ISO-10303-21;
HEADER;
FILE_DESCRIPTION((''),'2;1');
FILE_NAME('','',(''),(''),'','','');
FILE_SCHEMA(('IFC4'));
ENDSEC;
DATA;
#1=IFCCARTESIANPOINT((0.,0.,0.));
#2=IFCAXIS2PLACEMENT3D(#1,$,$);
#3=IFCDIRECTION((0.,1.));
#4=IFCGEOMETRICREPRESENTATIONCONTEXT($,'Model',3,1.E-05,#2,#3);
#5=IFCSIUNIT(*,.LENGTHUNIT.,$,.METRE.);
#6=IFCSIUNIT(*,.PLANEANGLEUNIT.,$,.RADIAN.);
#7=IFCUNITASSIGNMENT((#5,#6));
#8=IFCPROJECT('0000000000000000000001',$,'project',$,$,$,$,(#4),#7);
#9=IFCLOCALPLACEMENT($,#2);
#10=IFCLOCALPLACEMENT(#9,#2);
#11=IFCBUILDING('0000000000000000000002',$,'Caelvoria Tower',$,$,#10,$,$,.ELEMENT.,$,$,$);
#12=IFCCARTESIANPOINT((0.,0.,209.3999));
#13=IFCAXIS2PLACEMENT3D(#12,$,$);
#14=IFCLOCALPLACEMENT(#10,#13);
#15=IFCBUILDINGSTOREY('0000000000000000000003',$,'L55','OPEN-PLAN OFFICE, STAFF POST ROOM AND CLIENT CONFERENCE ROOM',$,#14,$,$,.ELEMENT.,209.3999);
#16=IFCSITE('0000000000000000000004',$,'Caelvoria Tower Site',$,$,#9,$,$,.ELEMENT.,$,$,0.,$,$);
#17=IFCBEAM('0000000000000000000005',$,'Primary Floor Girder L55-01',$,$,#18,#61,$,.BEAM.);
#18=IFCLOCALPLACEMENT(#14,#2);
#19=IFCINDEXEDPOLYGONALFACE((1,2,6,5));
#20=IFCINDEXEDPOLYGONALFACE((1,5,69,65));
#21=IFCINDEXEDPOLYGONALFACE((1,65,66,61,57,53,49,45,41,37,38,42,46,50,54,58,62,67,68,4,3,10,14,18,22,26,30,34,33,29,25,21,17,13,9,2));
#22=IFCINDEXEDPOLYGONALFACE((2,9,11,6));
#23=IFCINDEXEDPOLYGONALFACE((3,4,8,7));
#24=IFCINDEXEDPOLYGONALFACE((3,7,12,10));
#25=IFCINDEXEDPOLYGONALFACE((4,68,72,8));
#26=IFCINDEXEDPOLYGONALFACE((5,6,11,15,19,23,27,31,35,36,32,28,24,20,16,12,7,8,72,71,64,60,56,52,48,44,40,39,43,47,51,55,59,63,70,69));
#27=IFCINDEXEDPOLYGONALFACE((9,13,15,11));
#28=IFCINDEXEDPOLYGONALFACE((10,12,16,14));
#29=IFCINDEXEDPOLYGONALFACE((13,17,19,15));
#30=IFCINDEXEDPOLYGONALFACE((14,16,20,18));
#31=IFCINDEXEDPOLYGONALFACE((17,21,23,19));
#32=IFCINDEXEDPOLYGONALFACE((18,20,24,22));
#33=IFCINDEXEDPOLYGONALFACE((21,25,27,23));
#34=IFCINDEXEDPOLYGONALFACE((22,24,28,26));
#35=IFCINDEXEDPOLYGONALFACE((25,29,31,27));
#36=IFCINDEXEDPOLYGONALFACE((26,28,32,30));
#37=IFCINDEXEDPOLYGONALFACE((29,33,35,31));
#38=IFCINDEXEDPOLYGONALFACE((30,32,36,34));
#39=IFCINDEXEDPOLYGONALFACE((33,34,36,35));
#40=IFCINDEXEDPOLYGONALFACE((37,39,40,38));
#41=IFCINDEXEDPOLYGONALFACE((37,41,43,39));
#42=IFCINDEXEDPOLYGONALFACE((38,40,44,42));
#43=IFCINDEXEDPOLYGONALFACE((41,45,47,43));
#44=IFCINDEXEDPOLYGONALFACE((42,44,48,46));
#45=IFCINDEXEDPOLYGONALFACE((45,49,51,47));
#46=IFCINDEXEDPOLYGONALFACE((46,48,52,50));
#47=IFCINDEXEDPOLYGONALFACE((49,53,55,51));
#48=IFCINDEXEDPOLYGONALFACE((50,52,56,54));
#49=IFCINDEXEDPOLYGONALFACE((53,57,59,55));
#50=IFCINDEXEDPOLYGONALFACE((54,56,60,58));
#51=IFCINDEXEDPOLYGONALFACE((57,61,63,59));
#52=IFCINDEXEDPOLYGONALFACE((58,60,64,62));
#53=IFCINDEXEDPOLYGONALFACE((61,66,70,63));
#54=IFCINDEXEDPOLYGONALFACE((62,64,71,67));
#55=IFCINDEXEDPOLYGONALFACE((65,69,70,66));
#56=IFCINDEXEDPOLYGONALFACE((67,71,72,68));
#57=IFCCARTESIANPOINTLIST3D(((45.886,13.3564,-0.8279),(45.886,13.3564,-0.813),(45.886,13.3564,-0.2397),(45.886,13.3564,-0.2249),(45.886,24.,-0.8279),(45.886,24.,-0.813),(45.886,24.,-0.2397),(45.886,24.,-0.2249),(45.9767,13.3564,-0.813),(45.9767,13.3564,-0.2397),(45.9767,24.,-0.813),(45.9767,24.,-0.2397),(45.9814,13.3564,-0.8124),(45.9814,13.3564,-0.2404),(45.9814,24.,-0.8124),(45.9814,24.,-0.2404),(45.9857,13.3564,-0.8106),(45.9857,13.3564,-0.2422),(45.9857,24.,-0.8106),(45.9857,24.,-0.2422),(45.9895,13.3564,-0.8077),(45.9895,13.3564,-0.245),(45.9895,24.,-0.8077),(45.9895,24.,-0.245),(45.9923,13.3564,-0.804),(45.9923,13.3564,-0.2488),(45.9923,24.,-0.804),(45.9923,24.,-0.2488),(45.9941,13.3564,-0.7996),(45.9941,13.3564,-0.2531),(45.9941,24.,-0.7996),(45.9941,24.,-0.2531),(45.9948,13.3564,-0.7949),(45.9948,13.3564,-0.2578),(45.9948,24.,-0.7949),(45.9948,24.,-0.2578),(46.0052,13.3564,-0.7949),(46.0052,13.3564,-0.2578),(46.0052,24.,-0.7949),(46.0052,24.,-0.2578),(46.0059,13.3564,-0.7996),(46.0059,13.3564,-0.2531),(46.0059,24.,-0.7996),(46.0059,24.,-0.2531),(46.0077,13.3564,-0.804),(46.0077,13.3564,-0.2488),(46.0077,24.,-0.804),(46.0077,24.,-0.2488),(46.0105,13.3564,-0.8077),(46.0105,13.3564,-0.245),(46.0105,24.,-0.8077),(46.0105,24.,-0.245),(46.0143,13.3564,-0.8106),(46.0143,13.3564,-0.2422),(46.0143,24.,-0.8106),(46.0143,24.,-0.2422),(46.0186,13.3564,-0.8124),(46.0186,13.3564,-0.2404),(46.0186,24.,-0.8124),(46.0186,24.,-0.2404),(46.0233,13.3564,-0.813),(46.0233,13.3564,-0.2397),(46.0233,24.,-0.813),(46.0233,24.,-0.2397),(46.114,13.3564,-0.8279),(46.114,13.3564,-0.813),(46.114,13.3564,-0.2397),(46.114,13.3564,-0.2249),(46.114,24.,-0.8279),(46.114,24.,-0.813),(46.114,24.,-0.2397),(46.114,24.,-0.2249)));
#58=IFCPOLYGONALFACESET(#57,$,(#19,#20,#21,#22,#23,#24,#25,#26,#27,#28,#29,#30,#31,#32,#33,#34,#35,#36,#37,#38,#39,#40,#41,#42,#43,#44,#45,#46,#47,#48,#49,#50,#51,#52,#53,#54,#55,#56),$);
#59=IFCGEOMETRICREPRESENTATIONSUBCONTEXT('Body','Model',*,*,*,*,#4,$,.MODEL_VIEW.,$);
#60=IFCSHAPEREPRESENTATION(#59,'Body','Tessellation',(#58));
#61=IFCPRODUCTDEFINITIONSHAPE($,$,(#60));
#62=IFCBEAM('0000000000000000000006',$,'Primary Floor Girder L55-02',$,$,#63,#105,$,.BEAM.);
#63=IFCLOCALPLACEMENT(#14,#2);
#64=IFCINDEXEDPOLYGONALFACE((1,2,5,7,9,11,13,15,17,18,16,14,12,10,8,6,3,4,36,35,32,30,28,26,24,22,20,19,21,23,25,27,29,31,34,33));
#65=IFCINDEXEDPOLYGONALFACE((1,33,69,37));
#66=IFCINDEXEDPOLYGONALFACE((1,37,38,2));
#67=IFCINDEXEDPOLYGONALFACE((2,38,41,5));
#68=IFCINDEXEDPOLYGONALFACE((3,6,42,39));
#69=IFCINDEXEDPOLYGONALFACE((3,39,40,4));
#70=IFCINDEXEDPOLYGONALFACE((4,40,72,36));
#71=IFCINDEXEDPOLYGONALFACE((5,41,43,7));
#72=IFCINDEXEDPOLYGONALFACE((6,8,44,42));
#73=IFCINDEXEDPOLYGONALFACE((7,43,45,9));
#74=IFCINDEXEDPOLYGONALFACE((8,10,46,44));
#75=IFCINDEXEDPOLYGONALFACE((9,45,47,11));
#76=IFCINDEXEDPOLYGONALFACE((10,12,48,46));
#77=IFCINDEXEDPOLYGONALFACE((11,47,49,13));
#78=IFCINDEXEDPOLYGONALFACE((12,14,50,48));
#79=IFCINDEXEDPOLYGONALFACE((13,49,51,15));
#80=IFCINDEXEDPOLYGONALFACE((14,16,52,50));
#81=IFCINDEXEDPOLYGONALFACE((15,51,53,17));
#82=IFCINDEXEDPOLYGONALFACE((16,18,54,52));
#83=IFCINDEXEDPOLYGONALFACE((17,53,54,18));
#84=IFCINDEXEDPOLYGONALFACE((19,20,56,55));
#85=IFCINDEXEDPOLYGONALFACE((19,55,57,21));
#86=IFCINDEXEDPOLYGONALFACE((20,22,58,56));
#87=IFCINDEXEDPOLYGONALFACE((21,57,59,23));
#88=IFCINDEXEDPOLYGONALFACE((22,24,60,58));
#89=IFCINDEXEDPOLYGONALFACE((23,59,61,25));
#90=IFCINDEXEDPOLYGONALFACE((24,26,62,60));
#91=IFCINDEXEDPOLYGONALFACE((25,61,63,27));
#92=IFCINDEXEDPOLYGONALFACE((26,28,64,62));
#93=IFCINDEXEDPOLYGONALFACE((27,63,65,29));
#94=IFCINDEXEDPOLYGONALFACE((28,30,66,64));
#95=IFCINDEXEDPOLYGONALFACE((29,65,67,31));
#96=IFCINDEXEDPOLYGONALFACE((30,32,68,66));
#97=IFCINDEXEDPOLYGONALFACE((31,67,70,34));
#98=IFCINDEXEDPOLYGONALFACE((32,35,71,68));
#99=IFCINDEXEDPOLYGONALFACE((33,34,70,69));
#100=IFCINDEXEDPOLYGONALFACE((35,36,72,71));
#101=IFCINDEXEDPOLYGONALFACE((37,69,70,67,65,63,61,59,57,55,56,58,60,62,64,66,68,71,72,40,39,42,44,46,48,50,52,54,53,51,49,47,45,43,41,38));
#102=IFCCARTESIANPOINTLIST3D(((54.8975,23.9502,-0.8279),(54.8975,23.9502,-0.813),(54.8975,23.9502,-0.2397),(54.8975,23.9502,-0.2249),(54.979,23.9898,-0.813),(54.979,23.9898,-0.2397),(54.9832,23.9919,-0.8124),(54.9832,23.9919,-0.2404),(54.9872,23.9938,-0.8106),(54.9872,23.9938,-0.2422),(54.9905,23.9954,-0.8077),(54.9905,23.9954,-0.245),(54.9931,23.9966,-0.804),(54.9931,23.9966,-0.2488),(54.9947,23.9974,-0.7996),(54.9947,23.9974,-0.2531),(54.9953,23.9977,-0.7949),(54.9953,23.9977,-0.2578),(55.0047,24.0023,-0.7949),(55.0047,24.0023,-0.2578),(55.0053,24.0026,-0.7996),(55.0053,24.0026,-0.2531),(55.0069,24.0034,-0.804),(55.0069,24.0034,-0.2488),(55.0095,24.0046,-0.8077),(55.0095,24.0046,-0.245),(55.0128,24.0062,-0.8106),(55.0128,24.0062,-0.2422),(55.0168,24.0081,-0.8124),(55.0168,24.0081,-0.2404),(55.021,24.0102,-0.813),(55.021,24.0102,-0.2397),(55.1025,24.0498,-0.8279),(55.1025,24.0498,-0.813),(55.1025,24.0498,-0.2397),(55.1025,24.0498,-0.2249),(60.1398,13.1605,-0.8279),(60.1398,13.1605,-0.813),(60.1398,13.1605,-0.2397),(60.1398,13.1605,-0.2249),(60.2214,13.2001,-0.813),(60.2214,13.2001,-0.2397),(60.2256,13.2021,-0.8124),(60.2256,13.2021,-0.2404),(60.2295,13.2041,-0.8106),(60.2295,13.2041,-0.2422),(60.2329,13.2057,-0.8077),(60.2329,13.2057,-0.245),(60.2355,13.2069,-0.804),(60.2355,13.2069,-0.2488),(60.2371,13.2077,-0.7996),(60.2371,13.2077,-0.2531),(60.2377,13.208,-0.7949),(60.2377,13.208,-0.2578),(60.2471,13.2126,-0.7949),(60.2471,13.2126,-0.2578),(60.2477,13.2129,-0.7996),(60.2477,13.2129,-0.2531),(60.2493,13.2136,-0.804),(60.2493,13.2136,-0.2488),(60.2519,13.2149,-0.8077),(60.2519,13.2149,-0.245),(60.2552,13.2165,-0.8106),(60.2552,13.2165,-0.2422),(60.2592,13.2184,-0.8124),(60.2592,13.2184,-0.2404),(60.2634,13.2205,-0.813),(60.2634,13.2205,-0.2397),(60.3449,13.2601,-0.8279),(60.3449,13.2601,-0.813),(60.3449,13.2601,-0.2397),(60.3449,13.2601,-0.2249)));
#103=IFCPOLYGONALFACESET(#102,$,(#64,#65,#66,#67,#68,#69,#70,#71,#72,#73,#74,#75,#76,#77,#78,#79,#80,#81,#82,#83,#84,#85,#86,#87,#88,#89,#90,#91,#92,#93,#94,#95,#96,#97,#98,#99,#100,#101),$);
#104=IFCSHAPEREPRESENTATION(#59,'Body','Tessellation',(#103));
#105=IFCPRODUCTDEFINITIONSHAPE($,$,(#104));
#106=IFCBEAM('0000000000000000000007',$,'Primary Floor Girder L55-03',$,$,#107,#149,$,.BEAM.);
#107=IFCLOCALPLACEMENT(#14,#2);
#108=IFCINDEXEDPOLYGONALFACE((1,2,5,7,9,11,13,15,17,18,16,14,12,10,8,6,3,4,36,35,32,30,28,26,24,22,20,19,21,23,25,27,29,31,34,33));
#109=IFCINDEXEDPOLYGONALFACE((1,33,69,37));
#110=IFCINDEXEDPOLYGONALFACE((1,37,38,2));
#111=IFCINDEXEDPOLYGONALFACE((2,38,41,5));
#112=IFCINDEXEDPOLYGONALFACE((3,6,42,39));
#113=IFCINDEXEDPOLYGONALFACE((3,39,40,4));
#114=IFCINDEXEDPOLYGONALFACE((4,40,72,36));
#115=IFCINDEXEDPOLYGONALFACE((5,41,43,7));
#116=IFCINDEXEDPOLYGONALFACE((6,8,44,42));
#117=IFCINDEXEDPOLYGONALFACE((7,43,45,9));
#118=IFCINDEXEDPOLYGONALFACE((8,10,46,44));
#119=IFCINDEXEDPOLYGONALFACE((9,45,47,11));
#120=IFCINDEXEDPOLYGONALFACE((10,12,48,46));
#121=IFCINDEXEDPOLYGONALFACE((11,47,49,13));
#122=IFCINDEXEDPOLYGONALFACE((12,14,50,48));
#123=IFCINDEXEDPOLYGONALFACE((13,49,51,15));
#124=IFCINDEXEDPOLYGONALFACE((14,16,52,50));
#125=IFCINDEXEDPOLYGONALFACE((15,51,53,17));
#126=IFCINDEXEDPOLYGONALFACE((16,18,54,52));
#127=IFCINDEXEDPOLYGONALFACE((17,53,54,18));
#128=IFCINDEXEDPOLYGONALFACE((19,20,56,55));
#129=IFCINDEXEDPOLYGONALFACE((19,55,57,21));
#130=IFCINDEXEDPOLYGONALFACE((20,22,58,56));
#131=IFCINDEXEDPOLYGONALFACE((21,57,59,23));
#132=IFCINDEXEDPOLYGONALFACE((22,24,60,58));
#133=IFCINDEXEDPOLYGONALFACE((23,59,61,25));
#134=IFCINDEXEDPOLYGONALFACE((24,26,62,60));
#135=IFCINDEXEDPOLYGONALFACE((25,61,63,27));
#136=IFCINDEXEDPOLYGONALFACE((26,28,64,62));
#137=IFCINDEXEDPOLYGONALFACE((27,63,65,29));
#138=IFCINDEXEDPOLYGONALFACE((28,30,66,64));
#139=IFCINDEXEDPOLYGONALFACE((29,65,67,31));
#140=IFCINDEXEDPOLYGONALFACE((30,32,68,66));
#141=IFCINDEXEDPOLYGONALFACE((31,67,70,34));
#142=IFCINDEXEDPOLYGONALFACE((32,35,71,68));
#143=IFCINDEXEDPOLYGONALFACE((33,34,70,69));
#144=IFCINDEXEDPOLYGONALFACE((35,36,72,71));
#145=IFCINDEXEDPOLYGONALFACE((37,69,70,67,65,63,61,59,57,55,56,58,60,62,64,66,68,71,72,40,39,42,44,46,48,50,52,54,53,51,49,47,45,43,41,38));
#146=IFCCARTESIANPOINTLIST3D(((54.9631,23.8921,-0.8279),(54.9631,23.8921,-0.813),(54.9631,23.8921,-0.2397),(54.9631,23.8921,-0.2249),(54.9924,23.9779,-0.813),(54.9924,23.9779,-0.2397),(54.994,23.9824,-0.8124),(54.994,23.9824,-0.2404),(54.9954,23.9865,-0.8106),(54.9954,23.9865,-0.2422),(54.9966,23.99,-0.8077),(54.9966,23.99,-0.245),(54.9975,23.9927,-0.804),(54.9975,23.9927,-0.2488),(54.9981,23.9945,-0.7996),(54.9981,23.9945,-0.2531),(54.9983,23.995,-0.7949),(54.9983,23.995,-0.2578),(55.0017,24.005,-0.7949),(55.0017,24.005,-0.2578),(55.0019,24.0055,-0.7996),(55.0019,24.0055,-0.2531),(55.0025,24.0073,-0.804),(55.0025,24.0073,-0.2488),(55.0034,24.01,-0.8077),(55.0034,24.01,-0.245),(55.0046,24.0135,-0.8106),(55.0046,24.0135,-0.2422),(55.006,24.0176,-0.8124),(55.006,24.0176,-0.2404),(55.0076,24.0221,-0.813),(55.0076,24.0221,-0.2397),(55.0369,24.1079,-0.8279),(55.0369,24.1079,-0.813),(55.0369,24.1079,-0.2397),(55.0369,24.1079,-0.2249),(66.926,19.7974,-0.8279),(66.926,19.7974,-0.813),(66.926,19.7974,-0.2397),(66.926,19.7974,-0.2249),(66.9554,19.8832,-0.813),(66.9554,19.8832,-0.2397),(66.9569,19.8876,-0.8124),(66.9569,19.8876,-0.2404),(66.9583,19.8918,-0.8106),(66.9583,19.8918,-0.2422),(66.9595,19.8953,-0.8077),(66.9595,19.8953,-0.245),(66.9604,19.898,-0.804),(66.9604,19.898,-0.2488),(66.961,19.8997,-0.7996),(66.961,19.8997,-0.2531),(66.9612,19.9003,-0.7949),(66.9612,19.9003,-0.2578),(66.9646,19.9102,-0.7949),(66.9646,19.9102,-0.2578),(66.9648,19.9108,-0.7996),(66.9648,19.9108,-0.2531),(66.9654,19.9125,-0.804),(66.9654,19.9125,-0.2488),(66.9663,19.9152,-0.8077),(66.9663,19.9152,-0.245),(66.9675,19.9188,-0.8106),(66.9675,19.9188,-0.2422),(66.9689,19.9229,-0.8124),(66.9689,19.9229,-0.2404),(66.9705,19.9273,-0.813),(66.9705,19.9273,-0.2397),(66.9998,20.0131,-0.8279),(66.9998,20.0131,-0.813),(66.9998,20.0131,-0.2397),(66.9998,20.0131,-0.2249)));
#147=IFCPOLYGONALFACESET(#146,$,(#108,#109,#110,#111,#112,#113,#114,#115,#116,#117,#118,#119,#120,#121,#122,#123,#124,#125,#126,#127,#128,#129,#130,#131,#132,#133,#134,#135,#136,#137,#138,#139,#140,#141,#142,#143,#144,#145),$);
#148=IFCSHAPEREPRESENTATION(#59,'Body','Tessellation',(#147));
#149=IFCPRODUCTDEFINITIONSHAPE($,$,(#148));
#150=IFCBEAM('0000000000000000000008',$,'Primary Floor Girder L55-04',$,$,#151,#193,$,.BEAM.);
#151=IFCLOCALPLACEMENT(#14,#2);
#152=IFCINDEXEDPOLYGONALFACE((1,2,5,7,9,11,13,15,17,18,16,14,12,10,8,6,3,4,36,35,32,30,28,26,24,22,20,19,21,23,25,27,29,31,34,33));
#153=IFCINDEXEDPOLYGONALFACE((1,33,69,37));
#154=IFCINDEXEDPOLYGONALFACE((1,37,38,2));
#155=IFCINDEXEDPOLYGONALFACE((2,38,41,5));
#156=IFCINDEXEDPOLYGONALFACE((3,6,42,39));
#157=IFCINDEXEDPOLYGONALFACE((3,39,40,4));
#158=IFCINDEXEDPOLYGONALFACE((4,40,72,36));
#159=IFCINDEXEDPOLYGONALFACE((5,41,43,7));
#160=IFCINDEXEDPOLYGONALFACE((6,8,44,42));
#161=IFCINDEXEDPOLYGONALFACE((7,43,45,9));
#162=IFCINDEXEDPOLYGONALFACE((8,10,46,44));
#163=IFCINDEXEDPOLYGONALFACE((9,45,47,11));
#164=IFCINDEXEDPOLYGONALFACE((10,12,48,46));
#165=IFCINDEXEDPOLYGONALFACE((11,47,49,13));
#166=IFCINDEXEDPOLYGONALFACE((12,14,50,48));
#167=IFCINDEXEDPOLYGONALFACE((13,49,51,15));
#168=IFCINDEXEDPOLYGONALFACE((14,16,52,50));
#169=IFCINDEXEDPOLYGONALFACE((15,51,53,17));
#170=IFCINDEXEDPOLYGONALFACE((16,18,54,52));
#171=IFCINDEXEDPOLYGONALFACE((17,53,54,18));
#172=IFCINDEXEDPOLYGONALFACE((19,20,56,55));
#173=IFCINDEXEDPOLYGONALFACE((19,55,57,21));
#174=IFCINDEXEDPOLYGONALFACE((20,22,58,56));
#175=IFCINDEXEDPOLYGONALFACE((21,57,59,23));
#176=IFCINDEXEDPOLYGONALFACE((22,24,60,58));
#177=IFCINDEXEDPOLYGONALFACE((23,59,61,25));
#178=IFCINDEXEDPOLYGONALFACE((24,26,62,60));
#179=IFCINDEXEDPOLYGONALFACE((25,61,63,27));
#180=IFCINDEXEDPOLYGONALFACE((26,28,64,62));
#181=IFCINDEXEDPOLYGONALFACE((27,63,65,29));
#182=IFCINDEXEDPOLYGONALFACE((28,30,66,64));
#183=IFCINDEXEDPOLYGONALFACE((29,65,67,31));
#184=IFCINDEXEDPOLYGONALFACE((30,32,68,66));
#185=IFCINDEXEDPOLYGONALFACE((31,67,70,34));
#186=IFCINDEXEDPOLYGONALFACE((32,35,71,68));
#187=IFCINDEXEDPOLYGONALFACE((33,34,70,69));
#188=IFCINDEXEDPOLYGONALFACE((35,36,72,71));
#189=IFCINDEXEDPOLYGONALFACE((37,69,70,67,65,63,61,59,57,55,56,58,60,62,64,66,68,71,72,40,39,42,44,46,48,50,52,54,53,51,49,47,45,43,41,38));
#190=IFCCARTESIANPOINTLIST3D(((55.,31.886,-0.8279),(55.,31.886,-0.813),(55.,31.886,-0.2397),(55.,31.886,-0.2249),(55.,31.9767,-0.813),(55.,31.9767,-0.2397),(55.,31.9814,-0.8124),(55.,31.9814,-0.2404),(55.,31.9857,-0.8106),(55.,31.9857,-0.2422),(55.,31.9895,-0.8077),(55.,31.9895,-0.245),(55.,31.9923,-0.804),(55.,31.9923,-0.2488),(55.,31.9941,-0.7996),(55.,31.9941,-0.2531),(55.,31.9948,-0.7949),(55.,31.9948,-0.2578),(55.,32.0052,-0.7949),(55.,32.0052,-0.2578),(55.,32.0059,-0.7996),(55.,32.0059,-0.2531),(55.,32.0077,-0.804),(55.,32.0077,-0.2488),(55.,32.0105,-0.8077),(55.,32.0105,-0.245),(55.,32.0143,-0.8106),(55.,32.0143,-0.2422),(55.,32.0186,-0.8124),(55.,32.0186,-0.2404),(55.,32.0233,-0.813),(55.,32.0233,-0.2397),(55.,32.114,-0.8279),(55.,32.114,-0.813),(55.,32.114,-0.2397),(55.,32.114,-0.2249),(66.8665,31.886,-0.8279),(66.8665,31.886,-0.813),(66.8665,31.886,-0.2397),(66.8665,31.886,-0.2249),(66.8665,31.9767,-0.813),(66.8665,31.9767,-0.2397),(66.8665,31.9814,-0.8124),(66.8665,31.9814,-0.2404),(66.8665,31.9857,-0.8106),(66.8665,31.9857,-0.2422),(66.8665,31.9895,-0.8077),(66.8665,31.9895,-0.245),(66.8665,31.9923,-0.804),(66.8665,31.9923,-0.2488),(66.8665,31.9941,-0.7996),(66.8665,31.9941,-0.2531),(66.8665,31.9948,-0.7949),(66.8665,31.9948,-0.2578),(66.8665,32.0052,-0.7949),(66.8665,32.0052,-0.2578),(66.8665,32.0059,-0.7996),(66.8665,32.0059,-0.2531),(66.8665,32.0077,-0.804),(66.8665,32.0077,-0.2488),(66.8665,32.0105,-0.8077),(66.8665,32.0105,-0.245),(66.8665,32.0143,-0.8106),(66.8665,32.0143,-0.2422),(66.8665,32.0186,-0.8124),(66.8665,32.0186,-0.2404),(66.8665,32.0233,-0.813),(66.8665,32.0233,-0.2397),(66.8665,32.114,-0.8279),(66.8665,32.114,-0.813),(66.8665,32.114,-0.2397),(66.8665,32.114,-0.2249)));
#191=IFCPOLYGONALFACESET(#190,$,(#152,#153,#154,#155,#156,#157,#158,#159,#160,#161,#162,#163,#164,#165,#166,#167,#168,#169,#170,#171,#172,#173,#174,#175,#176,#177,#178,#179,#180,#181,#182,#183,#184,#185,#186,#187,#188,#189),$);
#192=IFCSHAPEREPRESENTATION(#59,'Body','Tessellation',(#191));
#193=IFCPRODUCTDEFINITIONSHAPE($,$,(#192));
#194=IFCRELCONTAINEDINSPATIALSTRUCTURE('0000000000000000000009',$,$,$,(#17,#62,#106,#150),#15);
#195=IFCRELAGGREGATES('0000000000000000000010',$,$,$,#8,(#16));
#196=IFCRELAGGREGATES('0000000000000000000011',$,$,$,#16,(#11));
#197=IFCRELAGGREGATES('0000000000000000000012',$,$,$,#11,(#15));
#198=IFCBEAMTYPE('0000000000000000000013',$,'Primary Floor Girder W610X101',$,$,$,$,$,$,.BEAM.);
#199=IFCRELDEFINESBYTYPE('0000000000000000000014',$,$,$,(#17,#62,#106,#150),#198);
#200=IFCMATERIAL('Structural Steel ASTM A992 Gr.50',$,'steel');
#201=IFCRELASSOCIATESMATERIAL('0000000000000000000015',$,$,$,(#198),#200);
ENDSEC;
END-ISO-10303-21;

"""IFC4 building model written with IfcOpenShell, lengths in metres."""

from ifc_helpers import new_model, si_unit, direction, frame, origin, origin_2d, place, context, subcontext, project, spatial, i_section, extrude, material, material_profile, profile_set, type_object, element, save


model = new_model("IFC4")

# Units and contexts
model_context = context("Model", 3, precision=1e-05, world=origin(), true_north=direction((0.0, 1.0)))
body_context = subcontext(model_context, "Body", "Model", "MODEL_VIEW")
ifc_project = project(units=[si_unit("LENGTHUNIT", "METRE"), si_unit("PLANEANGLEUNIT", "RADIAN")], contexts=[model_context])

# Site, building, storey
site_placement = place(None, origin())
site = spatial("IfcSite", under=ifc_project, at=site_placement, Name="Caelvoria Tower Site", CompositionType="ELEMENT", RefElevation=0.0)
building_placement = place(site_placement, origin())
building = spatial("IfcBuilding", under=site, at=building_placement, Name="Caelvoria Tower", CompositionType="ELEMENT")
storey_placement = place(building_placement, frame((0.0, 0.0, 209.3999)))
storey = spatial("IfcBuildingStorey", under=building, at=storey_placement, Name="L55", Description="OPEN-PLAN OFFICE, STAFF POST ROOM AND CLIENT CONFERENCE ROOM", CompositionType="ELEMENT", Elevation=209.3999)

# Beams
ifc_material_1 = material(Name="Structural Steel ASTM A992 Gr.50", Category="steel")
ifc_material_profile_1 = material_profile(ifc_material_1, i_section(OverallWidth=0.228, OverallDepth=0.603, WebThickness=0.0105, FlangeThickness=0.0149, FilletRadius=0.0181, at=origin_2d()), Name="Structural Steel ASTM A992 Gr.50")
ifc_profile_set_1 = profile_set([ifc_material_profile_1], Name="W610X101 - Structural Steel ASTM A992 Gr.50")
beam_type_1 = type_object("IfcBeamType", Name="Primary Floor Girder W610X101", PredefinedType="BEAM", material=ifc_profile_set_1)
beam_1_placement = place(storey_placement, frame((46.0, 24.0, -0.5264), z_axis=(0.0, -1.0, 0.0), x_axis=(1.0, 0.0, 0.0)))
element("IfcBeam", 1, at=beam_1_placement, inside=storey, type_object=beam_type_1, Name="Primary Floor Girder L55-01", PredefinedType="BEAM", context=body_context, shape_type="SweptSolid", body=[
    extrude(i_section(OverallWidth=0.228, OverallDepth=0.603, WebThickness=0.0105, FlangeThickness=0.0149, FilletRadius=0.0181, at=origin_2d()), origin(), (0.0, 0.0, 1.0), 10.6436),
])
beam_2_placement = place(storey_placement, frame((55.0, 24.0, -0.5264), z_axis=(0.437017, -0.899453, 0.0), x_axis=(0.899453, 0.437017, 0.0)))
element("IfcBeam", 2, at=beam_2_placement, inside=storey, type_object=beam_type_1, Name="Primary Floor Girder L55-02", PredefinedType="BEAM", context=body_context, shape_type="SweptSolid", body=[
    extrude(i_section(OverallWidth=0.228, OverallDepth=0.603, WebThickness=0.0105, FlangeThickness=0.0149, FilletRadius=0.0181, at=origin_2d()), origin(), (0.0, 0.0, 1.0), 11.9958),
])
beam_3_placement = place(storey_placement, frame((55.0, 24.0, -0.5264), z_axis=(0.946112, -0.323841, 0.0), x_axis=(0.323841, 0.946112, 0.0)))
element("IfcBeam", 3, at=beam_3_placement, inside=storey, type_object=beam_type_1, Name="Primary Floor Girder L55-03", PredefinedType="BEAM", context=body_context, shape_type="SweptSolid", body=[
    extrude(i_section(OverallWidth=0.228, OverallDepth=0.603, WebThickness=0.0105, FlangeThickness=0.0149, FilletRadius=0.0181, at=origin_2d()), origin(), (0.0, 0.0, 1.0), 12.6443),
])
beam_4_placement = place(storey_placement, frame((55.0, 32.0, -0.5264), z_axis=(1.0, 0.0, 0.0), x_axis=(0.0, 1.0, 0.0)))
element("IfcBeam", 4, at=beam_4_placement, inside=storey, type_object=beam_type_1, Name="Primary Floor Girder L55-04", PredefinedType="BEAM", context=body_context, shape_type="SweptSolid", body=[
    extrude(i_section(OverallWidth=0.228, OverallDepth=0.603, WebThickness=0.0105, FlangeThickness=0.0149, FilletRadius=0.0181, at=origin_2d()), origin(), (0.0, 0.0, 1.0), 11.8665),
])

save(model, "model.ifc")
